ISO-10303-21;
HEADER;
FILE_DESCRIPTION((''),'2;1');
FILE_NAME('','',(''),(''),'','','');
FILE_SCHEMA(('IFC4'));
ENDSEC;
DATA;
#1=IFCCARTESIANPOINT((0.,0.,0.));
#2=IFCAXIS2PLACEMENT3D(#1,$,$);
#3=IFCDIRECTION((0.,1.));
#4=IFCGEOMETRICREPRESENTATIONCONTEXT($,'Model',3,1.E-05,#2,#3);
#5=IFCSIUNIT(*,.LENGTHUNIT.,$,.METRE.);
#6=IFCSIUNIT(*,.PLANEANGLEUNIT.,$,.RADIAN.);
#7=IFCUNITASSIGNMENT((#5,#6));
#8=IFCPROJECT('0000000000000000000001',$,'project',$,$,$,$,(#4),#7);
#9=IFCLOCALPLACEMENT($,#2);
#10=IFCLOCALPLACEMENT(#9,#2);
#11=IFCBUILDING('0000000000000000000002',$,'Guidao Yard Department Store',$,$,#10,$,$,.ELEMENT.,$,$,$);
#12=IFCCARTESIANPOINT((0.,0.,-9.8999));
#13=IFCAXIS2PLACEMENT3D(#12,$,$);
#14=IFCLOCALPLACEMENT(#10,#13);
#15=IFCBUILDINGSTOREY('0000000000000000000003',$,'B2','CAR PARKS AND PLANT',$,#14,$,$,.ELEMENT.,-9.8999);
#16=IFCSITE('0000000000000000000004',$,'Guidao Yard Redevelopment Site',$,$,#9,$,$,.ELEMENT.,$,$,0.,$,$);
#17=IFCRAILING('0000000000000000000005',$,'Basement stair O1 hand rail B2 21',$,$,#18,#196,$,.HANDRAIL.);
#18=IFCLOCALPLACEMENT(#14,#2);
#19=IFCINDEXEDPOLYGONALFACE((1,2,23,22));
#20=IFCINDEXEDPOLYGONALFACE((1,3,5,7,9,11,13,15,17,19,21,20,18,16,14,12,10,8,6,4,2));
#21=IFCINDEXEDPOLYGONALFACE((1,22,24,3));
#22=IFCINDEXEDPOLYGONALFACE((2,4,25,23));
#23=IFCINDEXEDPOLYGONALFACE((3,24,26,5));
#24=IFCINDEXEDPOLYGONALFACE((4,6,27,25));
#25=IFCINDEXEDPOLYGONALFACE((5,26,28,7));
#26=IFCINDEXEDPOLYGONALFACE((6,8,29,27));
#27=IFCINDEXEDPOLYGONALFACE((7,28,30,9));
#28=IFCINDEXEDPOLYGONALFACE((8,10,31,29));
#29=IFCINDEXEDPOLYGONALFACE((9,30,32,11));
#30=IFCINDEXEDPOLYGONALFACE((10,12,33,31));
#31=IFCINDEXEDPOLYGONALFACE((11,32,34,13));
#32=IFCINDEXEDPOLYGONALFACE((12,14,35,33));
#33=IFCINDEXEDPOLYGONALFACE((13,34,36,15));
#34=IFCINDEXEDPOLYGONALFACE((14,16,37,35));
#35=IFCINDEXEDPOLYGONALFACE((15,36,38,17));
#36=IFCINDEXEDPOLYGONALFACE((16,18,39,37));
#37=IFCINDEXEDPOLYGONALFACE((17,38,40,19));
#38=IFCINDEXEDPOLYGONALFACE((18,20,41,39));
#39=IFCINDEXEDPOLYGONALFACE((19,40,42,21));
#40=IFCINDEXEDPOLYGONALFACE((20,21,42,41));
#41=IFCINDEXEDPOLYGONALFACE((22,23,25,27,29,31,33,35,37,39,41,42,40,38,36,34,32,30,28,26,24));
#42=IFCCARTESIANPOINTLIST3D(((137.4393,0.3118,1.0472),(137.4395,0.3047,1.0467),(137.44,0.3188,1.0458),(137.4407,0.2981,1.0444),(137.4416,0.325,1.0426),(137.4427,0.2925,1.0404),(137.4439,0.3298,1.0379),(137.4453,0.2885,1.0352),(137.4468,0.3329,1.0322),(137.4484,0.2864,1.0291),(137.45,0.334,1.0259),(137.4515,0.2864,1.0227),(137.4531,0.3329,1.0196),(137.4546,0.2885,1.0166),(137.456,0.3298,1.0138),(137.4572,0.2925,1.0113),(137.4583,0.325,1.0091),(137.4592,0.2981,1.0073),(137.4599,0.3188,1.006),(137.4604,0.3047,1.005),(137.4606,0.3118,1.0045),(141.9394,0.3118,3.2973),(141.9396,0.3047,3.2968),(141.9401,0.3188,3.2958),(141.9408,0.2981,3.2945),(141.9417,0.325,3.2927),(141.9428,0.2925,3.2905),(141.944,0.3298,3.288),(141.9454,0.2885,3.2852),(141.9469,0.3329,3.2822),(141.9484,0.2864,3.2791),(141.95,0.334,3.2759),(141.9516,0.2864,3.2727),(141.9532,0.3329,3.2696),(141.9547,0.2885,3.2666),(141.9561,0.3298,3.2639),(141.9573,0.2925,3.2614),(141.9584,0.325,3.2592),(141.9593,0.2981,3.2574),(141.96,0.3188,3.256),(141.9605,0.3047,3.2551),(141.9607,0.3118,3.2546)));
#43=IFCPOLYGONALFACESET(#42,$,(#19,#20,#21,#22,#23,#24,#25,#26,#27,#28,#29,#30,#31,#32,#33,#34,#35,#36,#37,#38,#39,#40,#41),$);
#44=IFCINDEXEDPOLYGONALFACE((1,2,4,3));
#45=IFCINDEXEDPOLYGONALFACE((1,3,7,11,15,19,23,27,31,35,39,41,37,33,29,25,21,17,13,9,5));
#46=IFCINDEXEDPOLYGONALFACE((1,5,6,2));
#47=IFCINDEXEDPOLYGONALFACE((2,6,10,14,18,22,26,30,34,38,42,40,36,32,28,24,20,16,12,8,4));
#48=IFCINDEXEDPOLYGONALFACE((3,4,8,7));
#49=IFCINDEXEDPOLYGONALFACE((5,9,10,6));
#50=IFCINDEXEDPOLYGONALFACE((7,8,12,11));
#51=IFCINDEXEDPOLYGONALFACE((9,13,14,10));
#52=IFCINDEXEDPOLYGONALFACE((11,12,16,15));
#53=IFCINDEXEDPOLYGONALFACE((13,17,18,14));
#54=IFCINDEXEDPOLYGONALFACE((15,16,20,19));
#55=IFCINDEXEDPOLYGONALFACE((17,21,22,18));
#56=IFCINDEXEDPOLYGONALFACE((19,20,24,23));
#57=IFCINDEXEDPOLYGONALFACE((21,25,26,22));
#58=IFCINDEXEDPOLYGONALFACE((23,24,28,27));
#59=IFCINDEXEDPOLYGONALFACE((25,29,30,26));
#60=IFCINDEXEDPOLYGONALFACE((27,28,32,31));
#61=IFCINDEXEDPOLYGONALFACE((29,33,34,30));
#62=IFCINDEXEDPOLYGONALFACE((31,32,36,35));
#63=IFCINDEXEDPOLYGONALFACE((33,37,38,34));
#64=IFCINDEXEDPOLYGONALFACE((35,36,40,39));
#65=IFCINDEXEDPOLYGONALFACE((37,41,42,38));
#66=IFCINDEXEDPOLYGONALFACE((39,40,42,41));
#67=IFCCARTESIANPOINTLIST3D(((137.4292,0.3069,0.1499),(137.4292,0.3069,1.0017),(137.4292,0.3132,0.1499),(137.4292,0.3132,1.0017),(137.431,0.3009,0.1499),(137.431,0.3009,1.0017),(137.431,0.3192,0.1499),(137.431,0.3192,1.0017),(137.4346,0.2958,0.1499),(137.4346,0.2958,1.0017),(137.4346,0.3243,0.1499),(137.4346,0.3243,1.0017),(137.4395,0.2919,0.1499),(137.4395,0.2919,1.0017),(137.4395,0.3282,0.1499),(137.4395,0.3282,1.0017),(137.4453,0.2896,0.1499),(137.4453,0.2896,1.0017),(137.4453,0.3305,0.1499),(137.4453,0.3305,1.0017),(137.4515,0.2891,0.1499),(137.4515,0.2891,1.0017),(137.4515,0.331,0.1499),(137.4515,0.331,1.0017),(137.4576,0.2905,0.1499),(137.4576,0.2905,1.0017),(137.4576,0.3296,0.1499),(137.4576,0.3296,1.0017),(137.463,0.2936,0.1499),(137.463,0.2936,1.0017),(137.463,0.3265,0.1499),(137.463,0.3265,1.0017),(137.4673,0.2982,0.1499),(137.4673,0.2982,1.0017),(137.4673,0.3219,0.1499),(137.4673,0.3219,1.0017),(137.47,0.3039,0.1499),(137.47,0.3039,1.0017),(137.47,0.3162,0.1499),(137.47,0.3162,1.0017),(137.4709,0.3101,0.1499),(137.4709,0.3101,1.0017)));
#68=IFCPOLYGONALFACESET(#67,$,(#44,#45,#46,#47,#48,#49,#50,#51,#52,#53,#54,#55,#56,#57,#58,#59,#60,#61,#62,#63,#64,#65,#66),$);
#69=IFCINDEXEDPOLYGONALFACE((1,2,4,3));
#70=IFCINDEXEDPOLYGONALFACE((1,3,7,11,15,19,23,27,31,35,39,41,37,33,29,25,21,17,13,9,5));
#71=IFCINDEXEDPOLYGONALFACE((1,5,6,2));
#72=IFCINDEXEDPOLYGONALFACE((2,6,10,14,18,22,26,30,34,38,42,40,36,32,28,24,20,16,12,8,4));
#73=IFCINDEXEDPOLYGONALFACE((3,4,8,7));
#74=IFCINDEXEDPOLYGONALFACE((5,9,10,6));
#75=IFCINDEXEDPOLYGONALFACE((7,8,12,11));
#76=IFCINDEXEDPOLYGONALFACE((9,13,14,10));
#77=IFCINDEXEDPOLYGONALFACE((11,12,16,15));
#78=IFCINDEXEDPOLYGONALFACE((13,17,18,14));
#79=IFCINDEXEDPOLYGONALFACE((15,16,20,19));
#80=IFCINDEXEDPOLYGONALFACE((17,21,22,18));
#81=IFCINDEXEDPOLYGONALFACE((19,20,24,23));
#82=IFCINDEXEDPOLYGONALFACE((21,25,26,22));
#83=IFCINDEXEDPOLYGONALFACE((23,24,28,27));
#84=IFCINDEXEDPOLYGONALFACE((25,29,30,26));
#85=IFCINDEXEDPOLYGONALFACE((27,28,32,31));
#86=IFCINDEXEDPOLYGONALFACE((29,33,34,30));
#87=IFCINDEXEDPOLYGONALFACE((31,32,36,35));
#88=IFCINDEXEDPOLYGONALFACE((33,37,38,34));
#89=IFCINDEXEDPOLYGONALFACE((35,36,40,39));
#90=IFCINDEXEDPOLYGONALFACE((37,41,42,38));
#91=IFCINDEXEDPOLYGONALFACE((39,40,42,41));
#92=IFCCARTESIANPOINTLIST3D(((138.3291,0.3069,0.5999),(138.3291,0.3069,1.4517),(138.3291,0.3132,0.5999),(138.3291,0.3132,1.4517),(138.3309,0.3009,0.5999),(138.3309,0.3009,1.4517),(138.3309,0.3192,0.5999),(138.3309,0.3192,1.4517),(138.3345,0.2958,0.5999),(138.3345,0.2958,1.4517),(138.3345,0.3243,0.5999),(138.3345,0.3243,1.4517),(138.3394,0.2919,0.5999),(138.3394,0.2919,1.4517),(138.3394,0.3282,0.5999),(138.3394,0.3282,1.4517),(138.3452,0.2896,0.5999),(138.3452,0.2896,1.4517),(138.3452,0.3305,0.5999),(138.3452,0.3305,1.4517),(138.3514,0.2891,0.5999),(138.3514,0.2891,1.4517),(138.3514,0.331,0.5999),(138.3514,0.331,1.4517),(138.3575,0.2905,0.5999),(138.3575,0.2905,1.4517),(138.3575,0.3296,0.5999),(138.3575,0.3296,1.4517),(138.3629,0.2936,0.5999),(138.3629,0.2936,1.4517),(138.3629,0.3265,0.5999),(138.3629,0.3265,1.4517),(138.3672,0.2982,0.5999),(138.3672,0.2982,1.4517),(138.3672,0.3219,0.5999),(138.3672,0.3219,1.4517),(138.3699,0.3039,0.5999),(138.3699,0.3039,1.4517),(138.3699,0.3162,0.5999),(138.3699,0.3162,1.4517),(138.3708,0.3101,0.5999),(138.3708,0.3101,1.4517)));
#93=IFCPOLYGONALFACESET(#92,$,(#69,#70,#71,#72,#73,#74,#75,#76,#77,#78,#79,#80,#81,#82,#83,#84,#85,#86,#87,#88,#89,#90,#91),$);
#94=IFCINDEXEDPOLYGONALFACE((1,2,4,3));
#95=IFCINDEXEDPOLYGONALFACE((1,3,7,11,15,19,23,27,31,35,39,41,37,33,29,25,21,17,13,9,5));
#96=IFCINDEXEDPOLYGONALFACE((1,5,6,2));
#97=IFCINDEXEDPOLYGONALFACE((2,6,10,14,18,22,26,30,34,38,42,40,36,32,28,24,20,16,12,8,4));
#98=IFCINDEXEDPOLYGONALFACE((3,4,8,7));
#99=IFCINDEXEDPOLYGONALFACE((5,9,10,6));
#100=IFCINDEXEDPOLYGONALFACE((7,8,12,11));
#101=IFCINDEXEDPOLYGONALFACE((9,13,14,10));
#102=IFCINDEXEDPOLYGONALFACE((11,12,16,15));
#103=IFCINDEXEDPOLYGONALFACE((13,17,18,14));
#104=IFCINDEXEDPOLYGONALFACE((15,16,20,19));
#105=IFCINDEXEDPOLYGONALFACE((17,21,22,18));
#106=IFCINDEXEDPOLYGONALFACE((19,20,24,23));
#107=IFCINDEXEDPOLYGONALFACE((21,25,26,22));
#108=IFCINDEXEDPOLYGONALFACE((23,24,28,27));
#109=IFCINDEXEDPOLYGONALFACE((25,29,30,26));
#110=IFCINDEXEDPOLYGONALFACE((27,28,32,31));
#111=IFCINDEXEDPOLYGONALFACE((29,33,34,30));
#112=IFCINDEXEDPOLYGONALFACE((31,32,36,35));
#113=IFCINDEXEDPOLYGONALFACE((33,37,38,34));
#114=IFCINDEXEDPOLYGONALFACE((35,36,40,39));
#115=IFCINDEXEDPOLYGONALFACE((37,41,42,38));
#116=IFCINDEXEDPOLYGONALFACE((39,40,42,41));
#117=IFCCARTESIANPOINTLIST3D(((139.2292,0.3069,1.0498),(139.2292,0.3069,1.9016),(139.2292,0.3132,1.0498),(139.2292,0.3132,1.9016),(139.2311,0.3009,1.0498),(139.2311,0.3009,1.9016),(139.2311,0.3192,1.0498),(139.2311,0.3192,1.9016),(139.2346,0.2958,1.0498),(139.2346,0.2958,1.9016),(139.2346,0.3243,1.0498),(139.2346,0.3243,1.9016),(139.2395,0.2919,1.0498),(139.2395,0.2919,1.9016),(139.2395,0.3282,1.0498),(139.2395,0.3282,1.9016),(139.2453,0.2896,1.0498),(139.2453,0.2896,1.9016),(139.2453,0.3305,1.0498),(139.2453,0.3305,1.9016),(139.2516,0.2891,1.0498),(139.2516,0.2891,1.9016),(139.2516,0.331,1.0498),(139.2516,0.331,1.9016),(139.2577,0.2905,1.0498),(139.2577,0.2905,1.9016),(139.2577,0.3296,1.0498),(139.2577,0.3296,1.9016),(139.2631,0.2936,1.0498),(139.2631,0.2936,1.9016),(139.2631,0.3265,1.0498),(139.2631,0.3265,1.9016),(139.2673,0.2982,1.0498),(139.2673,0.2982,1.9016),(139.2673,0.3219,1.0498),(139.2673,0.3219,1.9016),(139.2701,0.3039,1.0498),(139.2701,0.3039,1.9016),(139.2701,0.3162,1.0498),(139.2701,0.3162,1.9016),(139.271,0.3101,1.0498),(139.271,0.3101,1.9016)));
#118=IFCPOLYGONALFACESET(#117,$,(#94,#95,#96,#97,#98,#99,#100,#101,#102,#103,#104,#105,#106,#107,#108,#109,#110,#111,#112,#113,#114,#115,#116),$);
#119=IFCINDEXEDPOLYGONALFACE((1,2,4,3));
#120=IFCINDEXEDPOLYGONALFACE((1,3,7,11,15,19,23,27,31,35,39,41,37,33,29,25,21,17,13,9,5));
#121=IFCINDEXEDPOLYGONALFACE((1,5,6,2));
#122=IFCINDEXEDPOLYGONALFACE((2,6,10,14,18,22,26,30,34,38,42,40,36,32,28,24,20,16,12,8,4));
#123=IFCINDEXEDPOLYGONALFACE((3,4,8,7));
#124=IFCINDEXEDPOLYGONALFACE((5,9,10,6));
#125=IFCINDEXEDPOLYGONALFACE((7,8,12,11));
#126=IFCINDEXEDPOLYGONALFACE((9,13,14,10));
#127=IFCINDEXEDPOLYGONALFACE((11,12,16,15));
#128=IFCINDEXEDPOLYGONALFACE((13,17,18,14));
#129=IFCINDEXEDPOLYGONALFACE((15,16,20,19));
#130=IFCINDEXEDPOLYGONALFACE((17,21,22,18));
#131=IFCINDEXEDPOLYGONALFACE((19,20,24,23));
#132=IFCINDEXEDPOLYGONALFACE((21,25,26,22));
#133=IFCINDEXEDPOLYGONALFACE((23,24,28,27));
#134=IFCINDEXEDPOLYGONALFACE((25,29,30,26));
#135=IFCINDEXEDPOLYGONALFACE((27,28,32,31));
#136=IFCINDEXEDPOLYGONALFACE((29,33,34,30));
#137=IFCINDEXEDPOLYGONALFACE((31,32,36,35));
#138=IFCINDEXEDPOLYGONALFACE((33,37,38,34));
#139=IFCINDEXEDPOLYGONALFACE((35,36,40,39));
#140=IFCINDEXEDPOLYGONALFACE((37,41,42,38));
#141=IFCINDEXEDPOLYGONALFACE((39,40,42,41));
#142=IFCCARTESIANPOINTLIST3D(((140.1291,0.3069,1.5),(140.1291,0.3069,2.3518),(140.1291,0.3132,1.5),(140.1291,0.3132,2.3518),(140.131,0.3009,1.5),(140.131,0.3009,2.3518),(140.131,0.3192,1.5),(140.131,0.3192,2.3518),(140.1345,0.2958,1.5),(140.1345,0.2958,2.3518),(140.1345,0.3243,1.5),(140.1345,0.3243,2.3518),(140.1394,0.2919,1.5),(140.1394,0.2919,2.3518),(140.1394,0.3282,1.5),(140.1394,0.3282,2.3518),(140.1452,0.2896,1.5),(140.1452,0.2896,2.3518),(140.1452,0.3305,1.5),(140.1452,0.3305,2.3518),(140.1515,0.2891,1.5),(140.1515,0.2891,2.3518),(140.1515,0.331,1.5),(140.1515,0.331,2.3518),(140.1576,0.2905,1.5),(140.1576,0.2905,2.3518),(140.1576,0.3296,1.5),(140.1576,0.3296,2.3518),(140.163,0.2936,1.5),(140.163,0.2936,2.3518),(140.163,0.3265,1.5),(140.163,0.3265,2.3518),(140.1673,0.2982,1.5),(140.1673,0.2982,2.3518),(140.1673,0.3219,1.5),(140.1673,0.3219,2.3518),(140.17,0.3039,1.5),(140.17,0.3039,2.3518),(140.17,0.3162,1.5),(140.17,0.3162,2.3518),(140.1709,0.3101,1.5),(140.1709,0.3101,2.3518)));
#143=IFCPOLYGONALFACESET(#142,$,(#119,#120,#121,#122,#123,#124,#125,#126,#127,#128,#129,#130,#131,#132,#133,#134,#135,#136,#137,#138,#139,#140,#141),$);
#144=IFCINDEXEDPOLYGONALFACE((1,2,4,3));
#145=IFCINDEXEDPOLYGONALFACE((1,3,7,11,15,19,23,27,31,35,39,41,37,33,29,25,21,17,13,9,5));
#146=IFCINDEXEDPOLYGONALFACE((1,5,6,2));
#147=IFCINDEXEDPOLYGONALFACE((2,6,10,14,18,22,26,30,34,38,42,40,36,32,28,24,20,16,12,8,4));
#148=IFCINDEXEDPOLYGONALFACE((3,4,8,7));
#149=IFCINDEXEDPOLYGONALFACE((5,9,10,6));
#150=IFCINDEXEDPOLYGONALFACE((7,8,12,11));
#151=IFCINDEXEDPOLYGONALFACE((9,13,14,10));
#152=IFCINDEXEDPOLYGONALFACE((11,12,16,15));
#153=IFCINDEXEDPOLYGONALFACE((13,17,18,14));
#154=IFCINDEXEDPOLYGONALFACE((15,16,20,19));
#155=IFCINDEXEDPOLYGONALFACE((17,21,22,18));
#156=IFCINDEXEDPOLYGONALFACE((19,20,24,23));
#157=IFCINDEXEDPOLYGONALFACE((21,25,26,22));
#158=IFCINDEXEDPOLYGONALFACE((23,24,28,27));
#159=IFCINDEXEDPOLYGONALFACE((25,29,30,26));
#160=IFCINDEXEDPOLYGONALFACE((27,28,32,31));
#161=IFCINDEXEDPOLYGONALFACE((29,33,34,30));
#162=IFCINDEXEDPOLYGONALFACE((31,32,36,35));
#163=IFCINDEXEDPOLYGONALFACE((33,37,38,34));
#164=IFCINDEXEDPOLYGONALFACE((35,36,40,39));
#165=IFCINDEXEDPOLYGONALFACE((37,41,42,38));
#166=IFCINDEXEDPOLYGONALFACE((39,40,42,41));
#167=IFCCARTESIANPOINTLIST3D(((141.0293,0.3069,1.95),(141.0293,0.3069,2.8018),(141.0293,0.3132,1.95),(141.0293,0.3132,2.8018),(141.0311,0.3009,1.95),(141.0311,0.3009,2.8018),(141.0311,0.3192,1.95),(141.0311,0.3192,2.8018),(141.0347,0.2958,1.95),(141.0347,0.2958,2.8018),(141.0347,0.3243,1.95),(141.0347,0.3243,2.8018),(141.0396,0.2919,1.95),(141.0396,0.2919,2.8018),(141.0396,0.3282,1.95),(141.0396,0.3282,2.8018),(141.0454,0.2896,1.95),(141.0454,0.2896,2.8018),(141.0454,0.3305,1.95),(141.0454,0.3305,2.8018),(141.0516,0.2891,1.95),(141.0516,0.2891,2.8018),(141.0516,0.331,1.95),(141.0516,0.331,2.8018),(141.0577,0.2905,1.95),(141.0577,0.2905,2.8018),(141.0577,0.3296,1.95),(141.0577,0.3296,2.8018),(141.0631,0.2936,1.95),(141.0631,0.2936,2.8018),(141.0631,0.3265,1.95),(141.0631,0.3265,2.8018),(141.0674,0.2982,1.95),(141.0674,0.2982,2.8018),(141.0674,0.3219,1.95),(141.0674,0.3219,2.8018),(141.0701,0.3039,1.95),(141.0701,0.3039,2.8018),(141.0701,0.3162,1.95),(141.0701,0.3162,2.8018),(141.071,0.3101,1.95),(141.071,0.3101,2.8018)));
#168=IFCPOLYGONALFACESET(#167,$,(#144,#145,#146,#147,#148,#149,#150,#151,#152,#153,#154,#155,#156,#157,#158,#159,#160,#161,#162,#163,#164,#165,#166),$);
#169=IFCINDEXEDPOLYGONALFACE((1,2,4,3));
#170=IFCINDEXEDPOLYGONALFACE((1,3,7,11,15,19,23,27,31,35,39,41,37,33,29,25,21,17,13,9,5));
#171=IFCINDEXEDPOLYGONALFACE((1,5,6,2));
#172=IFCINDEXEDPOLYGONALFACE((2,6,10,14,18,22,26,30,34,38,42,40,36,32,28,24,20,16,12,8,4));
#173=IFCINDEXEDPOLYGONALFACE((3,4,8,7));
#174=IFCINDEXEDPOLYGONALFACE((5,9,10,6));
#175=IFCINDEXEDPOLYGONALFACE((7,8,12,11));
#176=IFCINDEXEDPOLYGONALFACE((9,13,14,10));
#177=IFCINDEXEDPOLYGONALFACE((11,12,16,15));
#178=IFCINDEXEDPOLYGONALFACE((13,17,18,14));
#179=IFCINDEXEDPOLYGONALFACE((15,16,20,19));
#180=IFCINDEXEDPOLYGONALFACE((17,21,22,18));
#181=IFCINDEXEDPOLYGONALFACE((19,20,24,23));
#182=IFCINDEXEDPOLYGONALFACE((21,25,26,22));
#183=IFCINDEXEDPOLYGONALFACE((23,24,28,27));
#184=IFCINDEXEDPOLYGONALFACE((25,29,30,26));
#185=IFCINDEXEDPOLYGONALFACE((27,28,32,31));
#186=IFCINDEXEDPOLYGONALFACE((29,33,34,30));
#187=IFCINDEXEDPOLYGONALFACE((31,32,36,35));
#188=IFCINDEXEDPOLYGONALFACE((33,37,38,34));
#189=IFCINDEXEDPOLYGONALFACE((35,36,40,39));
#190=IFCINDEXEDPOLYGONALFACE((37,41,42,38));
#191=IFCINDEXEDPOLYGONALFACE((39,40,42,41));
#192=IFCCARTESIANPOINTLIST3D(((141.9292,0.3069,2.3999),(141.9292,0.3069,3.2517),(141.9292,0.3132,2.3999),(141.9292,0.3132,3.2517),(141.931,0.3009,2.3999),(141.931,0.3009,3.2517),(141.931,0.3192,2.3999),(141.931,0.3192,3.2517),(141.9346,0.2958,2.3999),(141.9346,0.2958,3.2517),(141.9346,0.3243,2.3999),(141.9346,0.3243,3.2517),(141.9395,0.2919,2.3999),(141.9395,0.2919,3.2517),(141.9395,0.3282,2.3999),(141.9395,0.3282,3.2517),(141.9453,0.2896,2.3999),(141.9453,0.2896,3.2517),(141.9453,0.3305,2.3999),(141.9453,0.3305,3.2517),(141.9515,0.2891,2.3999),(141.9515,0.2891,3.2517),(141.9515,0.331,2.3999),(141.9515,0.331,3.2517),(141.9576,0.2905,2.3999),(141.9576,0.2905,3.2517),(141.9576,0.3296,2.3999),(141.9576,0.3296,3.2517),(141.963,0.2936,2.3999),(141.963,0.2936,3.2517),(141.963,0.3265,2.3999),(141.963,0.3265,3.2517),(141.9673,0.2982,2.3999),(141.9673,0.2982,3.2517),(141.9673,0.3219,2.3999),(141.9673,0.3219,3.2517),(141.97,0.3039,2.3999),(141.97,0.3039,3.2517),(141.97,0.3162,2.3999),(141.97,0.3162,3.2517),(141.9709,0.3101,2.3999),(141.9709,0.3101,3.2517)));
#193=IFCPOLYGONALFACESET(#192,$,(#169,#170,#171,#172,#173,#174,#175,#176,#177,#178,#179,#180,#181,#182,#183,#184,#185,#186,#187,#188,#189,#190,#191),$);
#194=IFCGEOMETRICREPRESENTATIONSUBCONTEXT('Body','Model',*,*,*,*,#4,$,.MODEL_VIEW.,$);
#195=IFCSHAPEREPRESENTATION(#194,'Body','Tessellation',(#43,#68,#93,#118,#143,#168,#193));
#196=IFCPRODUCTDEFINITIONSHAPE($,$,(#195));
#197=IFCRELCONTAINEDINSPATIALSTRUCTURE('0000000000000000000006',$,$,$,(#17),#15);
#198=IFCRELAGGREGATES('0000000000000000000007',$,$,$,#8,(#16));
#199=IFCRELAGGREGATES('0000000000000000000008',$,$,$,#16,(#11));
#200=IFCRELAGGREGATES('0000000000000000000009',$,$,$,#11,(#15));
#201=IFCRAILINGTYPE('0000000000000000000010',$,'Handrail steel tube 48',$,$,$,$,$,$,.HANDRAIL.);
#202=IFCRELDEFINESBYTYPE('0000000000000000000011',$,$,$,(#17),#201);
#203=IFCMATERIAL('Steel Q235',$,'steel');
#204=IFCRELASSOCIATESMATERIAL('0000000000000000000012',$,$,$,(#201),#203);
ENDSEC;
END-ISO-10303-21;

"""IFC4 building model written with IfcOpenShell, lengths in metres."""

from ifc_helpers import new_model, si_unit, direction, frame, origin, origin_2d, place, context, subcontext, project, spatial, circle, extrude, material, type_object, element, save


model = new_model("IFC4")

# Units and contexts
model_context = context("Model", 3, precision=1e-05, world=origin(), true_north=direction((0.0, 1.0)))
body_context = subcontext(model_context, "Body", "Model", "MODEL_VIEW")
ifc_project = project(units=[si_unit("LENGTHUNIT", "METRE"), si_unit("PLANEANGLEUNIT", "RADIAN")], contexts=[model_context])

# Site, building, storey
site_placement = place(None, origin())
site = spatial("IfcSite", under=ifc_project, at=site_placement, Name="Guidao Yard Redevelopment Site", CompositionType="ELEMENT", RefElevation=0.0)
building_placement = place(site_placement, origin())
building = spatial("IfcBuilding", under=site, at=building_placement, Name="Guidao Yard Department Store", CompositionType="ELEMENT")
storey_placement = place(building_placement, frame((0.0, 0.0, -9.8999)))
storey = spatial("IfcBuildingStorey", under=building, at=storey_placement, Name="B2", Description="CAR PARKS AND PLANT", CompositionType="ELEMENT", Elevation=-9.8999)

# Railing
ifc_material_1 = material(Name="Steel Q235", Category="steel")
railing_type_1 = type_object("IfcRailingType", Name="Handrail steel tube 48", PredefinedType="HANDRAIL", material=ifc_material_1)
for number, where, name in (
    (1, (137.45, 0.3101, 0.1499), "Basement stair O1 hand rail B2 21"),
):
    element("IfcRailing", number, at=place(storey_placement, frame(where)), inside=storey, type_object=railing_type_1, Name=name, PredefinedType="HANDRAIL", context=body_context, shape_type="SweptSolid", body=[
        extrude(circle(Radius=0.0239, at=origin_2d()), frame((0.0, 0.0, 0.876), z_axis=(0.894427, 0.0, 0.447214), x_axis=(0.0, 1.0, 0.0)), (0.0, 0.0, 1.0), 5.0312),
        extrude(circle(Radius=0.021, at=origin_2d()), origin(), (0.0, 0.0, 1.0), 0.8518),
        extrude(circle(Radius=0.021, at=origin_2d()), frame((0.8999, 0.0, 0.45)), (0.0, 0.0, 1.0), 0.8518),
        extrude(circle(Radius=0.021, at=origin_2d()), frame((1.8, 0.0, 0.8999)), (0.0, 0.0, 1.0), 0.8518),
        extrude(circle(Radius=0.021, at=origin_2d()), frame((2.7, 0.0, 1.3501)), (0.0, 0.0, 1.0), 0.8518),
        extrude(circle(Radius=0.021, at=origin_2d()), frame((3.6001, 0.0, 1.8)), (0.0, 0.0, 1.0), 0.8518),
        extrude(circle(Radius=0.021, at=origin_2d()), frame((4.5, 0.0, 2.25)), (0.0, 0.0, 1.0), 0.8518),
    ])

save(model, "model.ifc")
